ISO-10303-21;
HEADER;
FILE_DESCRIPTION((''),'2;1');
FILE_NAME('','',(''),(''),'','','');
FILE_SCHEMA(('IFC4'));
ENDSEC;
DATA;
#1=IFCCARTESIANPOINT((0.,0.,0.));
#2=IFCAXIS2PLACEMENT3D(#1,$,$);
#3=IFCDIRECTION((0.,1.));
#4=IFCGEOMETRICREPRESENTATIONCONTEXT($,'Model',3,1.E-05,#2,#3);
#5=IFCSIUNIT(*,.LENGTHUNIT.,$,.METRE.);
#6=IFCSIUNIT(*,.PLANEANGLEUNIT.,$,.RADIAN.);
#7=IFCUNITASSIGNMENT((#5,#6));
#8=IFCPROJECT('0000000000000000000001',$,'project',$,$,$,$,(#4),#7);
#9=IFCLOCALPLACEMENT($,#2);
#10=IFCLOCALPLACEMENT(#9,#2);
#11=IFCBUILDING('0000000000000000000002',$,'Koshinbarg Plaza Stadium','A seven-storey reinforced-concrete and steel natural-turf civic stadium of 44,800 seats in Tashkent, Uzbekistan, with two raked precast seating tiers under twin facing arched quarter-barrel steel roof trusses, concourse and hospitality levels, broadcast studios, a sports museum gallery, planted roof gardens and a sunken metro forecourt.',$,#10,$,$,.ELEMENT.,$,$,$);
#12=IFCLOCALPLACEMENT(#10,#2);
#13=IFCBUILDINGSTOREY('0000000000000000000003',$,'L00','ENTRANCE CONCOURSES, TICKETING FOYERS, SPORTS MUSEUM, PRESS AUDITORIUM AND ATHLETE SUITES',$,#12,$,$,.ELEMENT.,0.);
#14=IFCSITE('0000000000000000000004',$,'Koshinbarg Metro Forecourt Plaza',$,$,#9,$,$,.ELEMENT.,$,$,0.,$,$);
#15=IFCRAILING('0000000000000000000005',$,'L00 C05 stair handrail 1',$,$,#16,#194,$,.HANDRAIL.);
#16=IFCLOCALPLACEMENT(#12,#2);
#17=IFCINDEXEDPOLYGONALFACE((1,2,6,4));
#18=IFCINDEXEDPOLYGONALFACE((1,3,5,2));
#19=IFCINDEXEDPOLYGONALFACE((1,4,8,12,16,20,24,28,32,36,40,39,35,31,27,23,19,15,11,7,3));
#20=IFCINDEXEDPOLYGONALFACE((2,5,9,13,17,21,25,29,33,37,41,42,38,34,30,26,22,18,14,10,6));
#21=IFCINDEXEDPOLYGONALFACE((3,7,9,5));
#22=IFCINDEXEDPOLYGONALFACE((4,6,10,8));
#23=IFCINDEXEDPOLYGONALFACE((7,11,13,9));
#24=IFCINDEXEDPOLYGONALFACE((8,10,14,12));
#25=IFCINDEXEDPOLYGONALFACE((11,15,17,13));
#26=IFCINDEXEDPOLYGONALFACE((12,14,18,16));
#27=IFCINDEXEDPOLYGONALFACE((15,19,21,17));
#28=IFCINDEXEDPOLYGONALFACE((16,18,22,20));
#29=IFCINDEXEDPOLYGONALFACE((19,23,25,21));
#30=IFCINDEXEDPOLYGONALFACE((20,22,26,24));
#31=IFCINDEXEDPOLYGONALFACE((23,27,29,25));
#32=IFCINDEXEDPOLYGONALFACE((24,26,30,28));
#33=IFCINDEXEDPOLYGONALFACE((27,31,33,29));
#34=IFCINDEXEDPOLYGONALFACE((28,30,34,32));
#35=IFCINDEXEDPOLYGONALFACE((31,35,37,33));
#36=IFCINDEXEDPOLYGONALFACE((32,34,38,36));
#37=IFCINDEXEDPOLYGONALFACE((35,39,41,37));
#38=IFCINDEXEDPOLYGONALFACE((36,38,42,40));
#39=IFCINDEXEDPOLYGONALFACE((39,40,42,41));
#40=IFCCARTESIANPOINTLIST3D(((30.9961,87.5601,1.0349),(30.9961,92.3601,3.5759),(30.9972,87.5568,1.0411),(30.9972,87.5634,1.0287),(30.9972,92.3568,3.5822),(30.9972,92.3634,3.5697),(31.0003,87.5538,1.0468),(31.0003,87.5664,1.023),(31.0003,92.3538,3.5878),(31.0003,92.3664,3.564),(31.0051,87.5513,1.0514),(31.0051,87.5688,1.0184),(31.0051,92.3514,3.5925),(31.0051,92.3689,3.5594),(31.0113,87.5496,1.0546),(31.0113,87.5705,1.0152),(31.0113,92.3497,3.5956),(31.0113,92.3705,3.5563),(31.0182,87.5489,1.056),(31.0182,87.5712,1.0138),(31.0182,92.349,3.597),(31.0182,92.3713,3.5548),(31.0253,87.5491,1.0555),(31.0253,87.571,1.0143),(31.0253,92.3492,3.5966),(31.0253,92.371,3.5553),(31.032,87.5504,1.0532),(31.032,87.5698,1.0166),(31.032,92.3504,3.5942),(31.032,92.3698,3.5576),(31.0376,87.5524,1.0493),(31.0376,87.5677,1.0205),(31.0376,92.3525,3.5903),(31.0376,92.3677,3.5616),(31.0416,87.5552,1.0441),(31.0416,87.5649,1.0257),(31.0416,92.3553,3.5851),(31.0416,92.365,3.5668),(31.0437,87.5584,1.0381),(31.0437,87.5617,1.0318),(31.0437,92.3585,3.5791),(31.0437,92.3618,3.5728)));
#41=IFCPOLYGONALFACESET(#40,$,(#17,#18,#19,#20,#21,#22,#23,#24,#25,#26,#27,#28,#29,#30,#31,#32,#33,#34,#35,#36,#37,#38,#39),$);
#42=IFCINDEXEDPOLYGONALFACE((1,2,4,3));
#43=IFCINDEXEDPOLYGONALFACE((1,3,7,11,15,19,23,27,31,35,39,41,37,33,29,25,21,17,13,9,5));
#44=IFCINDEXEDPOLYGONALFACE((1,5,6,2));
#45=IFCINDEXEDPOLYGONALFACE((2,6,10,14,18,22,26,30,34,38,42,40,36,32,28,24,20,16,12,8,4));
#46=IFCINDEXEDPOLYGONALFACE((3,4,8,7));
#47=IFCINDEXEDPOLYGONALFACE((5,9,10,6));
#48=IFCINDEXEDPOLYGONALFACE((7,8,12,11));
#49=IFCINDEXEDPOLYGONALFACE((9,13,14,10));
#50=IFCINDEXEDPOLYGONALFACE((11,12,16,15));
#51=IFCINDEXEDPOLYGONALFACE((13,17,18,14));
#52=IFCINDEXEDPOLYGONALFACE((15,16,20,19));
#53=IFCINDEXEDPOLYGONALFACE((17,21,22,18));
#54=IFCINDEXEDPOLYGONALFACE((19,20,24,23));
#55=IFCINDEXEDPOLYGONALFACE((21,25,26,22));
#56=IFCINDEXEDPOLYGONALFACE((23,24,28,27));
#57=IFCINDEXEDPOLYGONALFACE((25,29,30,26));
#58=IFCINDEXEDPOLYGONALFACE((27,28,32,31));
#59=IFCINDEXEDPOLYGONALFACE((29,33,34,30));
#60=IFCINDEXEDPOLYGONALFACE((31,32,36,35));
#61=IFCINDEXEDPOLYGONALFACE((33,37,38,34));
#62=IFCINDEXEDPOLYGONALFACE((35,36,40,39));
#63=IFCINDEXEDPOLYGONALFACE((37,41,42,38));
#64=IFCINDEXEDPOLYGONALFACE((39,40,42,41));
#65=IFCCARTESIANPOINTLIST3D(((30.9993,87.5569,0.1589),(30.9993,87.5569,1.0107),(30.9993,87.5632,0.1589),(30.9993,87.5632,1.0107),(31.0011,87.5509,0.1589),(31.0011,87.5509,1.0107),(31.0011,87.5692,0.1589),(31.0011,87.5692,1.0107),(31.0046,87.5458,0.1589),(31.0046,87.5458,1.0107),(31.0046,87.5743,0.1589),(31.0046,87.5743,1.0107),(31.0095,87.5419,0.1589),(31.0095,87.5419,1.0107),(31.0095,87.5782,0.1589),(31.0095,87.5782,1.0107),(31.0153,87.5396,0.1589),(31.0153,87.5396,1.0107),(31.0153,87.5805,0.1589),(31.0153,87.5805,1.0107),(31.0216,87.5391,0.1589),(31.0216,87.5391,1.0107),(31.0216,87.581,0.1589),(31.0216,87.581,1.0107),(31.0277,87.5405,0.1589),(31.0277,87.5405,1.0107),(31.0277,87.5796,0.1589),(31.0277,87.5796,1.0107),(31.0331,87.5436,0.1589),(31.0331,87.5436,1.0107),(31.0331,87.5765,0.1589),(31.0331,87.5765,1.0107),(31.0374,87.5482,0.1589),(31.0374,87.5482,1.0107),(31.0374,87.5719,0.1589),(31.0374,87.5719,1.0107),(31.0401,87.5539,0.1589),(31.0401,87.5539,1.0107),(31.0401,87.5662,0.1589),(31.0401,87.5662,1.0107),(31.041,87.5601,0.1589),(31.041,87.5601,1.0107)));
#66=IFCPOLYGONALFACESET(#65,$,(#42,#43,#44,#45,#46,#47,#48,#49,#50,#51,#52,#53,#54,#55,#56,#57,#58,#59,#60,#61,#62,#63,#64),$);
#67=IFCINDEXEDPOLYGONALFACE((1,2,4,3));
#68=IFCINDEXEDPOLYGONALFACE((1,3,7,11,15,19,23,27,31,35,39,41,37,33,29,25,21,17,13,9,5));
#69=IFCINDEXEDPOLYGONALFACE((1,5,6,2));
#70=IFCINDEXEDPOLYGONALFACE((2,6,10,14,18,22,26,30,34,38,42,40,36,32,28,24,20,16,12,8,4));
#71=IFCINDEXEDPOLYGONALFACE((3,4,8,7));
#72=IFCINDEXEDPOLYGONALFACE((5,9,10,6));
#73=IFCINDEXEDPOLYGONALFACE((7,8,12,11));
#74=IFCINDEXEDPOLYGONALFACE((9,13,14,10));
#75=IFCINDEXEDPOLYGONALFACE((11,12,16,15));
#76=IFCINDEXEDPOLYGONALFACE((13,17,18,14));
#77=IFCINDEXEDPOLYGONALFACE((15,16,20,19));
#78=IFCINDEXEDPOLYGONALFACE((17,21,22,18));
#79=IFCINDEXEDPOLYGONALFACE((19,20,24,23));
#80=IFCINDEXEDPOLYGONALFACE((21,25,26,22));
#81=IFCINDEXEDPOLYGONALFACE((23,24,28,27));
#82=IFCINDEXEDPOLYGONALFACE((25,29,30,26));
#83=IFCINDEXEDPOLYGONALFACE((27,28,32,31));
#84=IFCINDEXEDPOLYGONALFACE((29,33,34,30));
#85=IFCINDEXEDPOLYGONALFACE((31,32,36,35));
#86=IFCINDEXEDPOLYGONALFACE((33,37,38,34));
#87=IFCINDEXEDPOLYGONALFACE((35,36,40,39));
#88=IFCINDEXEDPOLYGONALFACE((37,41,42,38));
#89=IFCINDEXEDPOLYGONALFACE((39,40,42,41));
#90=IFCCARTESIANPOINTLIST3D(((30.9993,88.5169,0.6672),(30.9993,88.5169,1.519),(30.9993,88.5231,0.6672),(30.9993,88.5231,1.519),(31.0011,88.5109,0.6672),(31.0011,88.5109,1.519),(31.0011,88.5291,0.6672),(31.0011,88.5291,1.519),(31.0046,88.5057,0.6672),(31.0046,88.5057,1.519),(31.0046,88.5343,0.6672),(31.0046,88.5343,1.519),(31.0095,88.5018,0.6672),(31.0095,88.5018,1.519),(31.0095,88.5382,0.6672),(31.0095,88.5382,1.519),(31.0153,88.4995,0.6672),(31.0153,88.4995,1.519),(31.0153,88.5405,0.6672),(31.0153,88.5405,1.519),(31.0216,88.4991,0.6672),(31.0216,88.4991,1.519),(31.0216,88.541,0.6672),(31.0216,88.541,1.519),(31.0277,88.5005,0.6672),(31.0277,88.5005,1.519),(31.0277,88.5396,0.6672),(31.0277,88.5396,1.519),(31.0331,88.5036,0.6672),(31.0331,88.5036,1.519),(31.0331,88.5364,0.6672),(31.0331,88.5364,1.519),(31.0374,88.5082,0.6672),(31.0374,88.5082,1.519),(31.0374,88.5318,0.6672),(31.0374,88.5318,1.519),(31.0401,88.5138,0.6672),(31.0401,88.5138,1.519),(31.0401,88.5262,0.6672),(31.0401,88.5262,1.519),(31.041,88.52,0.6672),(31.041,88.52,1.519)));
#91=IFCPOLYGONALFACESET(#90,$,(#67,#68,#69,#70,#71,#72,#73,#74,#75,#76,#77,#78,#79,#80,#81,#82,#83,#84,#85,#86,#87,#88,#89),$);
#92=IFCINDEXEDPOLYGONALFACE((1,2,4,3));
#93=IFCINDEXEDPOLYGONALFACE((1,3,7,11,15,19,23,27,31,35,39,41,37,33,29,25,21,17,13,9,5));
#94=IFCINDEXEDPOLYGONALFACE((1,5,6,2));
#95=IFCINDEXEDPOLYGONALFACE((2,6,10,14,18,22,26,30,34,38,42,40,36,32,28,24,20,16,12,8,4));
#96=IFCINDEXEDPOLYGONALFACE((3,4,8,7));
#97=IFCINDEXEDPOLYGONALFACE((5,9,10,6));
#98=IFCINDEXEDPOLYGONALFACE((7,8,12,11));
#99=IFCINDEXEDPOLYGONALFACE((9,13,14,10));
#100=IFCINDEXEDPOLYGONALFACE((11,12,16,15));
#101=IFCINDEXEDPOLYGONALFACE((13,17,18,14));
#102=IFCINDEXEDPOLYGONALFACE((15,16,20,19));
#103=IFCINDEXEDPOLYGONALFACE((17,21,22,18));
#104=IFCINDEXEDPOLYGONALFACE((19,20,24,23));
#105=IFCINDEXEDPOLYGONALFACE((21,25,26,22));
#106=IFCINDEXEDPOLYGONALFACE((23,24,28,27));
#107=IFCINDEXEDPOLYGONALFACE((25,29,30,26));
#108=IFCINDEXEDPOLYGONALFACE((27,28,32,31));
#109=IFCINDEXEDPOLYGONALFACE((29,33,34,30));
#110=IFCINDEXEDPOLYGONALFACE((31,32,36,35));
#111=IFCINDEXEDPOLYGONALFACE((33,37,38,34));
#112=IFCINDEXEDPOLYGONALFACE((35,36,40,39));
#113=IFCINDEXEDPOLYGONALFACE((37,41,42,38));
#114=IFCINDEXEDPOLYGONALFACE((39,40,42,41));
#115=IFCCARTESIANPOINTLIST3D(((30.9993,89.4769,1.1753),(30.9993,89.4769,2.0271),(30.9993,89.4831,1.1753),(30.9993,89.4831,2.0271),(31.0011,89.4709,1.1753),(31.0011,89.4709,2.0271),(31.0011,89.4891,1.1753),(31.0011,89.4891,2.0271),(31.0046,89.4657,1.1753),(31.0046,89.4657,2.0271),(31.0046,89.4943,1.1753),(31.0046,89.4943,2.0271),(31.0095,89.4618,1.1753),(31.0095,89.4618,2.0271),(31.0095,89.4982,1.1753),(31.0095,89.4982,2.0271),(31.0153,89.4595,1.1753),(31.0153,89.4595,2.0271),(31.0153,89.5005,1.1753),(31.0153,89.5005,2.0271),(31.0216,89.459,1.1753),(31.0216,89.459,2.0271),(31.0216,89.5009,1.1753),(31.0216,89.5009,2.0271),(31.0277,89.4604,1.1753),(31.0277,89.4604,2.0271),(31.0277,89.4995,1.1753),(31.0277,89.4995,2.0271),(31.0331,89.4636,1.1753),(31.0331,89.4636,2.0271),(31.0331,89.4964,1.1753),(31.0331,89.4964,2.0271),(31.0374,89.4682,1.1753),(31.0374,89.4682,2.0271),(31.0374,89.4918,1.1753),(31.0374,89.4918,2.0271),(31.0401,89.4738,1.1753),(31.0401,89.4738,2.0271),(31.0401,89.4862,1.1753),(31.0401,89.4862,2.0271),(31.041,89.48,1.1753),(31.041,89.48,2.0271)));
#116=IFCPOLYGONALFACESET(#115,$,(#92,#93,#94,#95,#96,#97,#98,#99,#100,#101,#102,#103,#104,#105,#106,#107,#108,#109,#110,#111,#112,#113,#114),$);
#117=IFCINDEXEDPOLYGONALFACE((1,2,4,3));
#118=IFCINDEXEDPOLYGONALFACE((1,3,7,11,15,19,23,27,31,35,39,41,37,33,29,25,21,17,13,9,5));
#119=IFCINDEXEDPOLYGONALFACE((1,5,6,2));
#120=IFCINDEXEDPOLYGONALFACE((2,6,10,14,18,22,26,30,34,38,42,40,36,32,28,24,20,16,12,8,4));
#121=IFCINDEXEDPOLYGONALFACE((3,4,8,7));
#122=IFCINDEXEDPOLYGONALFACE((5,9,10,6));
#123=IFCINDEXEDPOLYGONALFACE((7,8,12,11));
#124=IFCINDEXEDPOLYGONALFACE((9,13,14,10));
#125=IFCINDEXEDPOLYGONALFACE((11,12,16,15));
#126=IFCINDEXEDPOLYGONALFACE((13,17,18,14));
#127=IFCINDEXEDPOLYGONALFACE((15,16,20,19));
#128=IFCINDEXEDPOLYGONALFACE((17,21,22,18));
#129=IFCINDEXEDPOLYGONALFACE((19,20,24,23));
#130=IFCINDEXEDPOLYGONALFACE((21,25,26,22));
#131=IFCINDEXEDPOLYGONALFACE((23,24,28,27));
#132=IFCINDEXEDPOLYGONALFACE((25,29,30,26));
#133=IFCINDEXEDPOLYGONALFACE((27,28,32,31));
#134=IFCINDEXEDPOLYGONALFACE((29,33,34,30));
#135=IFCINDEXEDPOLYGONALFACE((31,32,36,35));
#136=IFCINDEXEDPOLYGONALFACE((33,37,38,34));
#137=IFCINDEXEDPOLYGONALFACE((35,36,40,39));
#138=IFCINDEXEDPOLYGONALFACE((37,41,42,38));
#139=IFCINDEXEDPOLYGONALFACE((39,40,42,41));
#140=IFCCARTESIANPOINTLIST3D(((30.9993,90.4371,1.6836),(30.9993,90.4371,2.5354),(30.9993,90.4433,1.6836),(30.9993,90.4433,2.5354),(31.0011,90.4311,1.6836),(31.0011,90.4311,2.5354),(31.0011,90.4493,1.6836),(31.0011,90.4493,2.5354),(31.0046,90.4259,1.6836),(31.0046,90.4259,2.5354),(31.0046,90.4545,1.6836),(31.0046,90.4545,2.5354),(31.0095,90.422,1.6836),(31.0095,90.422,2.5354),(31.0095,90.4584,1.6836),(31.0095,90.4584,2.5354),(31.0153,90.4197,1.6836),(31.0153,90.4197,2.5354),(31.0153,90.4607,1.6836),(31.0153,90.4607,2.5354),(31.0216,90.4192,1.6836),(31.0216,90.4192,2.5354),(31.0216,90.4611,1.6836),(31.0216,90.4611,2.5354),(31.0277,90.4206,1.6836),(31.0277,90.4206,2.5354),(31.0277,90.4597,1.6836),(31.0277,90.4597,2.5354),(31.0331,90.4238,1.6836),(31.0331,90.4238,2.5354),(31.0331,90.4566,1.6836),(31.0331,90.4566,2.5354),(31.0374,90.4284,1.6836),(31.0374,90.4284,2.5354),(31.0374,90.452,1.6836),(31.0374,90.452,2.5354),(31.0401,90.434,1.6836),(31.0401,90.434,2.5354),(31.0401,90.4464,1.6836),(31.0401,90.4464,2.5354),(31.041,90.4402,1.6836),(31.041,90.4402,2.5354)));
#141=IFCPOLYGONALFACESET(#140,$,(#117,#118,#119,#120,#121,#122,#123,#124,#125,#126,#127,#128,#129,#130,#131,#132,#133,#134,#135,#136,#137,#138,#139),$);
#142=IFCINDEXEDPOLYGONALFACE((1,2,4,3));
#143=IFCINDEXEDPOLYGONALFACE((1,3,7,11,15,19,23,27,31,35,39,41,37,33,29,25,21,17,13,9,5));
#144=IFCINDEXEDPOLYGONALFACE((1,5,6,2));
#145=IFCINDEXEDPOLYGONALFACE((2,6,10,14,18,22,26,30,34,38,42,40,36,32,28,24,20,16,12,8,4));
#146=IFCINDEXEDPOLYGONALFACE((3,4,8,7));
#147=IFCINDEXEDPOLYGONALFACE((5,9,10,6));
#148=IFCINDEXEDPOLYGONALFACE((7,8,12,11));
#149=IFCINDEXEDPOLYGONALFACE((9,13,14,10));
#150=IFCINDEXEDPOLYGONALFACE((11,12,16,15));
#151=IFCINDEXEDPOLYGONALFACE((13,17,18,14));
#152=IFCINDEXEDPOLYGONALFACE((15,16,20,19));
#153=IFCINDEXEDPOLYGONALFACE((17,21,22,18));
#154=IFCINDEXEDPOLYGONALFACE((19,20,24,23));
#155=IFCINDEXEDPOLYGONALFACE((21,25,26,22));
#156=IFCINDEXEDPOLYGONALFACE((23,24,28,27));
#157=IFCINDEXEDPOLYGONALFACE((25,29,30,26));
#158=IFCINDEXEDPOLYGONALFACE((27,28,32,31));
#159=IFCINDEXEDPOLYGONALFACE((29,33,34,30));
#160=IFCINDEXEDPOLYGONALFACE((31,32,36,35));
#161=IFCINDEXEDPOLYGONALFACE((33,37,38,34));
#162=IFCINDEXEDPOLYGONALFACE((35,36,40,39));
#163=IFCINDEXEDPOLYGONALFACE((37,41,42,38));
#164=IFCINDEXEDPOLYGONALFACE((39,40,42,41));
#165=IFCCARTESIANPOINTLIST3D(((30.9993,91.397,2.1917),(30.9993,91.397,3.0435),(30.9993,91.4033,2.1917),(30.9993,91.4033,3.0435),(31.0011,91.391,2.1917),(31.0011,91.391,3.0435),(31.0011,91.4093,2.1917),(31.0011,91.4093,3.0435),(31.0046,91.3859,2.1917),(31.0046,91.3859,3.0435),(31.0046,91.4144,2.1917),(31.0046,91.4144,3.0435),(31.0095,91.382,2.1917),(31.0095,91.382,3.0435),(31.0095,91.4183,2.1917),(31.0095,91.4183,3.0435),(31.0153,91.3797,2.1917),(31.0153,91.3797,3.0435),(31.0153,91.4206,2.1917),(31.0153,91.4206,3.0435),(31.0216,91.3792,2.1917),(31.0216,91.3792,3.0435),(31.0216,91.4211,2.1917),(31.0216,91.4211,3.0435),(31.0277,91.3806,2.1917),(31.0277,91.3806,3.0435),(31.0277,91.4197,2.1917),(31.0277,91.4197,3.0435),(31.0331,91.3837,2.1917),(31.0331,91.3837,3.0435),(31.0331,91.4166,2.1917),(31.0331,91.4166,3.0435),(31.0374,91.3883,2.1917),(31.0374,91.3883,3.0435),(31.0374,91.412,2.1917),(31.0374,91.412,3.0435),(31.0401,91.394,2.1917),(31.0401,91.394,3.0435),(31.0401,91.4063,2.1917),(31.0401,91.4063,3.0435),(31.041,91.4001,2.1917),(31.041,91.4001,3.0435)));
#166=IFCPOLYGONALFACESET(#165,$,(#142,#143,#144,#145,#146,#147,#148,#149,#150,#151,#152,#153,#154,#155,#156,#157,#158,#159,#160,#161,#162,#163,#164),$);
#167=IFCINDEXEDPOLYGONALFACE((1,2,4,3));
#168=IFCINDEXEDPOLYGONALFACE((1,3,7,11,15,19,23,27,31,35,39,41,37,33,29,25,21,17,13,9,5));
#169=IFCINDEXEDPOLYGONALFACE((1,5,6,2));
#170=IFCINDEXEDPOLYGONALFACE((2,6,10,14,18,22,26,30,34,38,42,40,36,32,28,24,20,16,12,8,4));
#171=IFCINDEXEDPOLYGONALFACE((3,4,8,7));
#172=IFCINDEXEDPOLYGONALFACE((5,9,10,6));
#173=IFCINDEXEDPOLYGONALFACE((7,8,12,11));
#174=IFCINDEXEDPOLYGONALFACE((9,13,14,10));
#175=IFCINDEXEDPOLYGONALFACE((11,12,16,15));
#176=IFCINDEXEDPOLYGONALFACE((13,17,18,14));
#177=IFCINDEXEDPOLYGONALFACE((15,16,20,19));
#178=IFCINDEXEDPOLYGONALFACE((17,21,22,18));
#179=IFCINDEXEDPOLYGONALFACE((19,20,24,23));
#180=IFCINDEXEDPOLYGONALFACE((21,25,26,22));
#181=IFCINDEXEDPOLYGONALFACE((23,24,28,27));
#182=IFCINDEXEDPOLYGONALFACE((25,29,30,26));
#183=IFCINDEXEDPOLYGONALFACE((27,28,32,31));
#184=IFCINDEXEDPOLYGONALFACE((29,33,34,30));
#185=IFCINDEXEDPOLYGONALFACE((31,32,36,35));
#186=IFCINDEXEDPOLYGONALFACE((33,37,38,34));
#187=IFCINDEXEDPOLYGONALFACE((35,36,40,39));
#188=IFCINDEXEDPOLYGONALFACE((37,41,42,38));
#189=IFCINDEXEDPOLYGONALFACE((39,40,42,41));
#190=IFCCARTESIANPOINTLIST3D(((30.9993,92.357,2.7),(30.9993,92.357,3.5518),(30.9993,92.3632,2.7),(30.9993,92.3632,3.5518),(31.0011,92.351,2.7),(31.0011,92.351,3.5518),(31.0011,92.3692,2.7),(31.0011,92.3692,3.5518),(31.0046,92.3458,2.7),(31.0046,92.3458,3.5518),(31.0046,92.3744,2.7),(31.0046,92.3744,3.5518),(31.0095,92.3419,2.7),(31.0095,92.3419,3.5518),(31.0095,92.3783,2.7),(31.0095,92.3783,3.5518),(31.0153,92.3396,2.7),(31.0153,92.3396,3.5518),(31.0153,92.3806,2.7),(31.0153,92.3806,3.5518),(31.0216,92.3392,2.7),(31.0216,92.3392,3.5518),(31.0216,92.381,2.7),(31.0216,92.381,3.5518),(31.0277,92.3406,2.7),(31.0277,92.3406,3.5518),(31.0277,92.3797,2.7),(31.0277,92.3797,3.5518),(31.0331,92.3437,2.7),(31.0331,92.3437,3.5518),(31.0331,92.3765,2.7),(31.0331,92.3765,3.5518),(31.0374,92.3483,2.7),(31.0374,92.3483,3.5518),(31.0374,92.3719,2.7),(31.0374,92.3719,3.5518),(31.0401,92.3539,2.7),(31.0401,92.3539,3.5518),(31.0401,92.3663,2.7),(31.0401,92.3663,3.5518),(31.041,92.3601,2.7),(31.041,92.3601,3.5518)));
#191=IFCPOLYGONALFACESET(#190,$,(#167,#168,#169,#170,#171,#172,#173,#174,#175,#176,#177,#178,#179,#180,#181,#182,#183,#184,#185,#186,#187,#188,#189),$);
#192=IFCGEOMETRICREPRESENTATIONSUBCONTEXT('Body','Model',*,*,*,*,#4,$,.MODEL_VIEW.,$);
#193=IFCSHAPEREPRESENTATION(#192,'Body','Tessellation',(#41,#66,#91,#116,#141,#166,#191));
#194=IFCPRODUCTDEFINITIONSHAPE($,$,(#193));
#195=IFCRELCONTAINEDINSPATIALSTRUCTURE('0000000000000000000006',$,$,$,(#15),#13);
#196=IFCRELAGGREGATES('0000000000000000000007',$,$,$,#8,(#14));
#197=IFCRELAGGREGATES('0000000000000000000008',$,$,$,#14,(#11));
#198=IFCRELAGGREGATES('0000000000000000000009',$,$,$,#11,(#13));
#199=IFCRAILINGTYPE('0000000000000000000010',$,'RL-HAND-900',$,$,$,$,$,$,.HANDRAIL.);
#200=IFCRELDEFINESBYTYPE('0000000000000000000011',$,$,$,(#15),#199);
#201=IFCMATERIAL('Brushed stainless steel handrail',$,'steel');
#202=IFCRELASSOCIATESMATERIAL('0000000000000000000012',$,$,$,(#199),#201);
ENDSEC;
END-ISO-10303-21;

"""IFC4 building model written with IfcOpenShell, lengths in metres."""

from ifc_helpers import new_model, si_unit, direction, frame, origin, origin_2d, place, context, subcontext, project, spatial, circle, extrude, material, type_object, element, save


model = new_model("IFC4")

# Units and contexts
model_context = context("Model", 3, precision=1e-05, world=origin(), true_north=direction((0.0, 1.0)))
body_context = subcontext(model_context, "Body", "Model", "MODEL_VIEW")
ifc_project = project(units=[si_unit("LENGTHUNIT", "METRE"), si_unit("PLANEANGLEUNIT", "RADIAN")], contexts=[model_context])

# Site, building, storey
site_placement = place(None, origin())
site = spatial("IfcSite", under=ifc_project, at=site_placement, Name="Koshinbarg Metro Forecourt Plaza", CompositionType="ELEMENT", RefElevation=0.0)
building_placement = place(site_placement, origin())
building = spatial("IfcBuilding", under=site, at=building_placement, Name="Koshinbarg Plaza Stadium", Description="A seven-storey reinforced-concrete and steel natural-turf civic stadium of 44,800 seats in Tashkent, Uzbekistan, with two raked precast seating tiers under twin facing arched quarter-barrel steel roof trusses, concourse and hospitality levels, broadcast studios, a sports museum gallery, planted roof gardens and a sunken metro forecourt.", CompositionType="ELEMENT")
storey_placement = place(building_placement, origin())
storey = spatial("IfcBuildingStorey", under=building, at=storey_placement, Name="L00", Description="ENTRANCE CONCOURSES, TICKETING FOYERS, SPORTS MUSEUM, PRESS AUDITORIUM AND ATHLETE SUITES", CompositionType="ELEMENT", Elevation=0.0)

# Railing
ifc_material_1 = material(Name="Brushed stainless steel handrail", Category="steel")
railing_type_1 = type_object("IfcRailingType", Name="RL-HAND-900", PredefinedType="HANDRAIL", material=ifc_material_1)
railing_1_placement = place(storey_placement, frame((31.02, 87.5601, 0.1589)))
element("IfcRailing", 1, at=railing_1_placement, inside=storey, type_object=railing_type_1, Name="L00 C05 stair handrail 1", PredefinedType="HANDRAIL", context=body_context, shape_type="SweptSolid", body=[
    extrude(circle(Radius=0.0239, at=origin_2d()), frame((0.0, 0.0, 0.876), z_axis=(0.0, 0.883802, 0.467861), x_axis=(-1.0, 0.0, 0.0)), (0.0, 0.0, 1.0), 5.4312),
    extrude(circle(Radius=0.021, at=origin_2d()), origin(), (0.0, 0.0, 1.0), 0.8518),
    extrude(circle(Radius=0.021, at=origin_2d()), frame((0.0, 0.96, 0.5083)), (0.0, 0.0, 1.0), 0.8518),
    extrude(circle(Radius=0.021, at=origin_2d()), frame((0.0, 1.9199, 1.0164)), (0.0, 0.0, 1.0), 0.8518),
    extrude(circle(Radius=0.021, at=origin_2d()), frame((0.0, 2.8801, 1.5247)), (0.0, 0.0, 1.0), 0.8518),
    extrude(circle(Radius=0.021, at=origin_2d()), frame((0.0, 3.8401, 2.0327)), (0.0, 0.0, 1.0), 0.8518),
    extrude(circle(Radius=0.021, at=origin_2d()), frame((0.0, 4.8, 2.541)), (0.0, 0.0, 1.0), 0.8518),
])

save(model, "model.ifc")
